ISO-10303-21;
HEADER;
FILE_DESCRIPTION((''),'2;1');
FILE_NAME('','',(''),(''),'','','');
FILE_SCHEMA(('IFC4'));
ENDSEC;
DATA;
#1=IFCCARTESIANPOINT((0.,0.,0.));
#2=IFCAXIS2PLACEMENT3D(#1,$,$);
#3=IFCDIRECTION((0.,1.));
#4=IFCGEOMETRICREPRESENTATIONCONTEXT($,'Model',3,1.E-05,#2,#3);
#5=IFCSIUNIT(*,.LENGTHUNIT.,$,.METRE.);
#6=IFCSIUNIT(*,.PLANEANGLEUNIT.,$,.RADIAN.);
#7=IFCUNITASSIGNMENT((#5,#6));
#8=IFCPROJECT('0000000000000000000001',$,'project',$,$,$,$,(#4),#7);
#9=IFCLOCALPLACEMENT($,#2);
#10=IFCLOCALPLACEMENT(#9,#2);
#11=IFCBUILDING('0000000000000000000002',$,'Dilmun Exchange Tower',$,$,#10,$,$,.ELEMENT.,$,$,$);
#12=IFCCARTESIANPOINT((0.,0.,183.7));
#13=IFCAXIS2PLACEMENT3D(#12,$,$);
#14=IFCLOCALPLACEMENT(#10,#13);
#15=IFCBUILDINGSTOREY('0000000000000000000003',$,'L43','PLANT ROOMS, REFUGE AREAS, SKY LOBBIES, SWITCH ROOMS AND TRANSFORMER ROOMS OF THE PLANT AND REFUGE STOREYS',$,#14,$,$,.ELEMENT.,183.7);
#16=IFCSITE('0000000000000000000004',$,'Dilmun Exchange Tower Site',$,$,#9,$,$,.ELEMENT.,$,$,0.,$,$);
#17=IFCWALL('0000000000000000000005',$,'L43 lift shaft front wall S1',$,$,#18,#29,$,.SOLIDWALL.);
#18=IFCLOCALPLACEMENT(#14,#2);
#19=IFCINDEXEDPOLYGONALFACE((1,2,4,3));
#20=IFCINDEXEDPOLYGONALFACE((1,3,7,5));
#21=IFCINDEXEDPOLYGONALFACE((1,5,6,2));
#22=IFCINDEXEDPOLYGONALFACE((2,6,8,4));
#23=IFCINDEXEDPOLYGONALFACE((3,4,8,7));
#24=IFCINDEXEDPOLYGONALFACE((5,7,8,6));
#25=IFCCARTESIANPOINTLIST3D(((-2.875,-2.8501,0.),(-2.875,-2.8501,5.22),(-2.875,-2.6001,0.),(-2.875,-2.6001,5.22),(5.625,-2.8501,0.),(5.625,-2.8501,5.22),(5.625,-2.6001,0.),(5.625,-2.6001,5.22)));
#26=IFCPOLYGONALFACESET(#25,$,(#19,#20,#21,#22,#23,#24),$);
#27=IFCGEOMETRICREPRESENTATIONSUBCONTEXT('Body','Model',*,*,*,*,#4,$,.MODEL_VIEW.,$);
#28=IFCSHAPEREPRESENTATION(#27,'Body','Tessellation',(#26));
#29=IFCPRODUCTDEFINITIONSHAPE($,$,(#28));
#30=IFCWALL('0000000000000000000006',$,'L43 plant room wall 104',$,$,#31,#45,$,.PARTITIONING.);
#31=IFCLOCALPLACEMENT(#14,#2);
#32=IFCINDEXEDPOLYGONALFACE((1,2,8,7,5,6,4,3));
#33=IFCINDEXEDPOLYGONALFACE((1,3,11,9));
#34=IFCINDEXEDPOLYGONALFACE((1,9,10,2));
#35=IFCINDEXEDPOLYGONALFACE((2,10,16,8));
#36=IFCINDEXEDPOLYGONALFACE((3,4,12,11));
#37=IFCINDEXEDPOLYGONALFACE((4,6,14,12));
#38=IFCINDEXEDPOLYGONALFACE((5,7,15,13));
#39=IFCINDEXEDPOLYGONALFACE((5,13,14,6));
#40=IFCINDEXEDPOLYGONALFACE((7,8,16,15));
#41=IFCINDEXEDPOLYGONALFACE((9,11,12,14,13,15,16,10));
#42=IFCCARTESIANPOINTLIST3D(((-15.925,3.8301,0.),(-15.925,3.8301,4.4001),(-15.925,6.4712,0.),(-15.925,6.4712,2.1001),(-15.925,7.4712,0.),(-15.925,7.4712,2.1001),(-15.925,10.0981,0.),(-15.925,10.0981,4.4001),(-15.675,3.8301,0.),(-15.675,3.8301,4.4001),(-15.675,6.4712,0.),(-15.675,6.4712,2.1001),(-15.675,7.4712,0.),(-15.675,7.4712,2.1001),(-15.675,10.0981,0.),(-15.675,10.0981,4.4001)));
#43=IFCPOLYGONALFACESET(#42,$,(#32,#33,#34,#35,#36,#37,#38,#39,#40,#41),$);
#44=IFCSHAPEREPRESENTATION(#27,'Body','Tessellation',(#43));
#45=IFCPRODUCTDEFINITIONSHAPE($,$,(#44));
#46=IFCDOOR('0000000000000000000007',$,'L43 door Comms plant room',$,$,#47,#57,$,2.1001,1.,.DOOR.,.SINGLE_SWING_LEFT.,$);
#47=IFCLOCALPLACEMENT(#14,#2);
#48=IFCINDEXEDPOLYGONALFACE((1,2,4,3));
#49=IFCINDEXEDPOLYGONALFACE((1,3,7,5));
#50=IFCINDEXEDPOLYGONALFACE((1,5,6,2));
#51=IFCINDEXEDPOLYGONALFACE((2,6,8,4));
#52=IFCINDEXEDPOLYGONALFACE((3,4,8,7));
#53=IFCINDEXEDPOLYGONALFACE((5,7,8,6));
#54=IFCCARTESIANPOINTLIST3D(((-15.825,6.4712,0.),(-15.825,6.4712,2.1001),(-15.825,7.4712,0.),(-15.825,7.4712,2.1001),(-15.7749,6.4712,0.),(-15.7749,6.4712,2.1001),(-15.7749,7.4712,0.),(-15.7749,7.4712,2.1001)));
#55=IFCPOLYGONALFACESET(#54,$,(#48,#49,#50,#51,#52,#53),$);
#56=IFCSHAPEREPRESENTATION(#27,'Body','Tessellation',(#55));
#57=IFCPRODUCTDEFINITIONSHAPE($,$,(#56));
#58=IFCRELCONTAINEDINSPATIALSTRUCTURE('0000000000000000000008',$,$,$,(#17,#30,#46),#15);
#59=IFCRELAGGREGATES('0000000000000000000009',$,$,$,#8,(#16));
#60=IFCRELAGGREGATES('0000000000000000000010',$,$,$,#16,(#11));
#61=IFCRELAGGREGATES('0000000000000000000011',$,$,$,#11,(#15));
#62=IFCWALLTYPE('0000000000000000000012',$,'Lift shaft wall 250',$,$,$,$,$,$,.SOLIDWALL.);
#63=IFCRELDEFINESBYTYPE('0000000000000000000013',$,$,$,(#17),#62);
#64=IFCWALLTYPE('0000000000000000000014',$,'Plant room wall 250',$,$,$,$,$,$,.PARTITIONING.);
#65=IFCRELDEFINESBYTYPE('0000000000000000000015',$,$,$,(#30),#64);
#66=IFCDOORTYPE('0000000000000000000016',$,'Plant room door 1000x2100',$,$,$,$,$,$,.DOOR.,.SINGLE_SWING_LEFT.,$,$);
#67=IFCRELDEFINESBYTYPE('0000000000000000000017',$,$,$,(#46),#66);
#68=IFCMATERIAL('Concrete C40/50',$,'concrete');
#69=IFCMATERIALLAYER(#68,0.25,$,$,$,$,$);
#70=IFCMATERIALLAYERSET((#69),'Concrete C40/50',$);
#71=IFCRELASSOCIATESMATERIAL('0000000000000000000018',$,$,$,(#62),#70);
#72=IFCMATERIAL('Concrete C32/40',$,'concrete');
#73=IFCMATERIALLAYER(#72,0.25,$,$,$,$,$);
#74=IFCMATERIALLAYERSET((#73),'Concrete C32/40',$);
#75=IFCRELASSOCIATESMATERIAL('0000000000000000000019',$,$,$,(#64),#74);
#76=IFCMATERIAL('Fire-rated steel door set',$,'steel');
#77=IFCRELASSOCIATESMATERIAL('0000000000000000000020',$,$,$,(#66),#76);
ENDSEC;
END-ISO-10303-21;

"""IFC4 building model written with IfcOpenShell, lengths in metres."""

from ifc_helpers import new_model, si_unit, direction, frame, frame_2d, origin, place, context, subcontext, project, spatial, rectangle, extrude, material, layer, layer_set, type_object, element, fill, save


model = new_model("IFC4")

# Units and contexts
model_context = context("Model", 3, precision=1e-05, world=origin(), true_north=direction((0.0, 1.0)))
body_context = subcontext(model_context, "Body", "Model", "MODEL_VIEW")
ifc_project = project(units=[si_unit("LENGTHUNIT", "METRE"), si_unit("PLANEANGLEUNIT", "RADIAN")], contexts=[model_context])

# Site, building, storey
site_placement = place(None, origin())
site = spatial("IfcSite", under=ifc_project, at=site_placement, Name="Dilmun Exchange Tower Site", CompositionType="ELEMENT", RefElevation=0.0)
building_placement = place(site_placement, origin())
building = spatial("IfcBuilding", under=site, at=building_placement, Name="Dilmun Exchange Tower", CompositionType="ELEMENT")
storey_placement = place(building_placement, frame((0.0, 0.0, 183.7)))
storey = spatial("IfcBuildingStorey", under=building, at=storey_placement, Name="L43", Description="PLANT ROOMS, REFUGE AREAS, SKY LOBBIES, SWITCH ROOMS AND TRANSFORMER ROOMS OF THE PLANT AND REFUGE STOREYS", CompositionType="ELEMENT", Elevation=183.7)

# Shared definitions
ifc_material_1 = material(Name="Concrete C40/50", Category="concrete")

# Shared definitions
ifc_material_2 = material(Name="Fire-rated steel door set", Category="steel")

# Shared definitions
ifc_layer_1 = layer(ifc_material_1, 0.25)
ifc_layer_set_1 = layer_set([ifc_layer_1], Name="Concrete C40/50")
wall_type_1 = type_object("IfcWallType", Name="Lift shaft wall 250", PredefinedType="SOLIDWALL", material=ifc_layer_set_1)

# Wall
wall_1_placement = place(storey_placement, frame((-2.875, -2.7251, 0.0), z_axis=(0.0, 0.0, 1.0), x_axis=(1.0, 0.0, 0.0)))
element("IfcWall", 1, at=wall_1_placement, inside=storey, type_object=wall_type_1, Name="L43 lift shaft front wall S1", PredefinedType="SOLIDWALL", context=body_context, shape_type="SweptSolid", body=[
    extrude(rectangle(XDim=8.5, YDim=0.25, at=frame_2d((4.25, 0.0))), origin(), (0.0, 0.0, 1.0), 5.22),
])

# Wall, opening, door
ifc_material_3 = material(Name="Concrete C32/40", Category="concrete")
ifc_layer_2 = layer(ifc_material_3, 0.25)
ifc_layer_set_2 = layer_set([ifc_layer_2], Name="Concrete C32/40")
wall_type_2 = type_object("IfcWallType", Name="Plant room wall 250", PredefinedType="PARTITIONING", material=ifc_layer_set_2)
wall_2_placement = place(storey_placement, frame((-15.8, 3.8301, 0.0), z_axis=(0.0, 0.0, 1.0), x_axis=(0.0, 1.0, 0.0)))
wall_2 = element("IfcWall", 2, at=wall_2_placement, inside=storey, type_object=wall_type_2, Name="L43 plant room wall 104", PredefinedType="PARTITIONING", context=body_context, shape_type="SweptSolid", body=[
    extrude(rectangle(XDim=6.2681, YDim=0.25, at=frame_2d((3.134, 0.0))), origin(), (0.0, 0.0, 1.0), 4.4001),
])
opening_1_placement = place(wall_2_placement, frame((2.6411, 0.0, 0.0)))
opening_1 = element("IfcOpeningElement", 3, at=opening_1_placement, cuts=wall_2, PredefinedType="OPENING", context=body_context, shape_type="SweptSolid", body=[
    extrude(rectangle(XDim=1.0, YDim=2.1001, at=frame_2d((0.5, 1.05))), frame((0.0, 0.135, 0.0), z_axis=(0.0, -1.0, 0.0), x_axis=(1.0, 0.0, 0.0)), (0.0, 0.0, 1.0), 0.27),
])
door_type_1 = type_object("IfcDoorType", Name="Plant room door 1000x2100", OperationType="SINGLE_SWING_LEFT", PredefinedType="DOOR", material=ifc_material_2)
door_1_placement = place(opening_1_placement, origin())
door_1 = element("IfcDoor", 4, at=door_1_placement, inside=storey, type_object=door_type_1, Name="L43 door Comms plant room", OperationType="SINGLE_SWING_LEFT", OverallHeight=2.1001, OverallWidth=1.0, PredefinedType="DOOR", context=body_context, shape_type="SweptSolid", body=[
    extrude(rectangle(XDim=1.0, YDim=2.1001, at=frame_2d((0.5, 1.05))), frame((0.0, 0.0249, 0.0), z_axis=(0.0, -1.0, 0.0), x_axis=(1.0, 0.0, 0.0)), (0.0, 0.0, 1.0), 0.05),
])
fill(opening_1, door_1)

save(model, "model.ifc")
